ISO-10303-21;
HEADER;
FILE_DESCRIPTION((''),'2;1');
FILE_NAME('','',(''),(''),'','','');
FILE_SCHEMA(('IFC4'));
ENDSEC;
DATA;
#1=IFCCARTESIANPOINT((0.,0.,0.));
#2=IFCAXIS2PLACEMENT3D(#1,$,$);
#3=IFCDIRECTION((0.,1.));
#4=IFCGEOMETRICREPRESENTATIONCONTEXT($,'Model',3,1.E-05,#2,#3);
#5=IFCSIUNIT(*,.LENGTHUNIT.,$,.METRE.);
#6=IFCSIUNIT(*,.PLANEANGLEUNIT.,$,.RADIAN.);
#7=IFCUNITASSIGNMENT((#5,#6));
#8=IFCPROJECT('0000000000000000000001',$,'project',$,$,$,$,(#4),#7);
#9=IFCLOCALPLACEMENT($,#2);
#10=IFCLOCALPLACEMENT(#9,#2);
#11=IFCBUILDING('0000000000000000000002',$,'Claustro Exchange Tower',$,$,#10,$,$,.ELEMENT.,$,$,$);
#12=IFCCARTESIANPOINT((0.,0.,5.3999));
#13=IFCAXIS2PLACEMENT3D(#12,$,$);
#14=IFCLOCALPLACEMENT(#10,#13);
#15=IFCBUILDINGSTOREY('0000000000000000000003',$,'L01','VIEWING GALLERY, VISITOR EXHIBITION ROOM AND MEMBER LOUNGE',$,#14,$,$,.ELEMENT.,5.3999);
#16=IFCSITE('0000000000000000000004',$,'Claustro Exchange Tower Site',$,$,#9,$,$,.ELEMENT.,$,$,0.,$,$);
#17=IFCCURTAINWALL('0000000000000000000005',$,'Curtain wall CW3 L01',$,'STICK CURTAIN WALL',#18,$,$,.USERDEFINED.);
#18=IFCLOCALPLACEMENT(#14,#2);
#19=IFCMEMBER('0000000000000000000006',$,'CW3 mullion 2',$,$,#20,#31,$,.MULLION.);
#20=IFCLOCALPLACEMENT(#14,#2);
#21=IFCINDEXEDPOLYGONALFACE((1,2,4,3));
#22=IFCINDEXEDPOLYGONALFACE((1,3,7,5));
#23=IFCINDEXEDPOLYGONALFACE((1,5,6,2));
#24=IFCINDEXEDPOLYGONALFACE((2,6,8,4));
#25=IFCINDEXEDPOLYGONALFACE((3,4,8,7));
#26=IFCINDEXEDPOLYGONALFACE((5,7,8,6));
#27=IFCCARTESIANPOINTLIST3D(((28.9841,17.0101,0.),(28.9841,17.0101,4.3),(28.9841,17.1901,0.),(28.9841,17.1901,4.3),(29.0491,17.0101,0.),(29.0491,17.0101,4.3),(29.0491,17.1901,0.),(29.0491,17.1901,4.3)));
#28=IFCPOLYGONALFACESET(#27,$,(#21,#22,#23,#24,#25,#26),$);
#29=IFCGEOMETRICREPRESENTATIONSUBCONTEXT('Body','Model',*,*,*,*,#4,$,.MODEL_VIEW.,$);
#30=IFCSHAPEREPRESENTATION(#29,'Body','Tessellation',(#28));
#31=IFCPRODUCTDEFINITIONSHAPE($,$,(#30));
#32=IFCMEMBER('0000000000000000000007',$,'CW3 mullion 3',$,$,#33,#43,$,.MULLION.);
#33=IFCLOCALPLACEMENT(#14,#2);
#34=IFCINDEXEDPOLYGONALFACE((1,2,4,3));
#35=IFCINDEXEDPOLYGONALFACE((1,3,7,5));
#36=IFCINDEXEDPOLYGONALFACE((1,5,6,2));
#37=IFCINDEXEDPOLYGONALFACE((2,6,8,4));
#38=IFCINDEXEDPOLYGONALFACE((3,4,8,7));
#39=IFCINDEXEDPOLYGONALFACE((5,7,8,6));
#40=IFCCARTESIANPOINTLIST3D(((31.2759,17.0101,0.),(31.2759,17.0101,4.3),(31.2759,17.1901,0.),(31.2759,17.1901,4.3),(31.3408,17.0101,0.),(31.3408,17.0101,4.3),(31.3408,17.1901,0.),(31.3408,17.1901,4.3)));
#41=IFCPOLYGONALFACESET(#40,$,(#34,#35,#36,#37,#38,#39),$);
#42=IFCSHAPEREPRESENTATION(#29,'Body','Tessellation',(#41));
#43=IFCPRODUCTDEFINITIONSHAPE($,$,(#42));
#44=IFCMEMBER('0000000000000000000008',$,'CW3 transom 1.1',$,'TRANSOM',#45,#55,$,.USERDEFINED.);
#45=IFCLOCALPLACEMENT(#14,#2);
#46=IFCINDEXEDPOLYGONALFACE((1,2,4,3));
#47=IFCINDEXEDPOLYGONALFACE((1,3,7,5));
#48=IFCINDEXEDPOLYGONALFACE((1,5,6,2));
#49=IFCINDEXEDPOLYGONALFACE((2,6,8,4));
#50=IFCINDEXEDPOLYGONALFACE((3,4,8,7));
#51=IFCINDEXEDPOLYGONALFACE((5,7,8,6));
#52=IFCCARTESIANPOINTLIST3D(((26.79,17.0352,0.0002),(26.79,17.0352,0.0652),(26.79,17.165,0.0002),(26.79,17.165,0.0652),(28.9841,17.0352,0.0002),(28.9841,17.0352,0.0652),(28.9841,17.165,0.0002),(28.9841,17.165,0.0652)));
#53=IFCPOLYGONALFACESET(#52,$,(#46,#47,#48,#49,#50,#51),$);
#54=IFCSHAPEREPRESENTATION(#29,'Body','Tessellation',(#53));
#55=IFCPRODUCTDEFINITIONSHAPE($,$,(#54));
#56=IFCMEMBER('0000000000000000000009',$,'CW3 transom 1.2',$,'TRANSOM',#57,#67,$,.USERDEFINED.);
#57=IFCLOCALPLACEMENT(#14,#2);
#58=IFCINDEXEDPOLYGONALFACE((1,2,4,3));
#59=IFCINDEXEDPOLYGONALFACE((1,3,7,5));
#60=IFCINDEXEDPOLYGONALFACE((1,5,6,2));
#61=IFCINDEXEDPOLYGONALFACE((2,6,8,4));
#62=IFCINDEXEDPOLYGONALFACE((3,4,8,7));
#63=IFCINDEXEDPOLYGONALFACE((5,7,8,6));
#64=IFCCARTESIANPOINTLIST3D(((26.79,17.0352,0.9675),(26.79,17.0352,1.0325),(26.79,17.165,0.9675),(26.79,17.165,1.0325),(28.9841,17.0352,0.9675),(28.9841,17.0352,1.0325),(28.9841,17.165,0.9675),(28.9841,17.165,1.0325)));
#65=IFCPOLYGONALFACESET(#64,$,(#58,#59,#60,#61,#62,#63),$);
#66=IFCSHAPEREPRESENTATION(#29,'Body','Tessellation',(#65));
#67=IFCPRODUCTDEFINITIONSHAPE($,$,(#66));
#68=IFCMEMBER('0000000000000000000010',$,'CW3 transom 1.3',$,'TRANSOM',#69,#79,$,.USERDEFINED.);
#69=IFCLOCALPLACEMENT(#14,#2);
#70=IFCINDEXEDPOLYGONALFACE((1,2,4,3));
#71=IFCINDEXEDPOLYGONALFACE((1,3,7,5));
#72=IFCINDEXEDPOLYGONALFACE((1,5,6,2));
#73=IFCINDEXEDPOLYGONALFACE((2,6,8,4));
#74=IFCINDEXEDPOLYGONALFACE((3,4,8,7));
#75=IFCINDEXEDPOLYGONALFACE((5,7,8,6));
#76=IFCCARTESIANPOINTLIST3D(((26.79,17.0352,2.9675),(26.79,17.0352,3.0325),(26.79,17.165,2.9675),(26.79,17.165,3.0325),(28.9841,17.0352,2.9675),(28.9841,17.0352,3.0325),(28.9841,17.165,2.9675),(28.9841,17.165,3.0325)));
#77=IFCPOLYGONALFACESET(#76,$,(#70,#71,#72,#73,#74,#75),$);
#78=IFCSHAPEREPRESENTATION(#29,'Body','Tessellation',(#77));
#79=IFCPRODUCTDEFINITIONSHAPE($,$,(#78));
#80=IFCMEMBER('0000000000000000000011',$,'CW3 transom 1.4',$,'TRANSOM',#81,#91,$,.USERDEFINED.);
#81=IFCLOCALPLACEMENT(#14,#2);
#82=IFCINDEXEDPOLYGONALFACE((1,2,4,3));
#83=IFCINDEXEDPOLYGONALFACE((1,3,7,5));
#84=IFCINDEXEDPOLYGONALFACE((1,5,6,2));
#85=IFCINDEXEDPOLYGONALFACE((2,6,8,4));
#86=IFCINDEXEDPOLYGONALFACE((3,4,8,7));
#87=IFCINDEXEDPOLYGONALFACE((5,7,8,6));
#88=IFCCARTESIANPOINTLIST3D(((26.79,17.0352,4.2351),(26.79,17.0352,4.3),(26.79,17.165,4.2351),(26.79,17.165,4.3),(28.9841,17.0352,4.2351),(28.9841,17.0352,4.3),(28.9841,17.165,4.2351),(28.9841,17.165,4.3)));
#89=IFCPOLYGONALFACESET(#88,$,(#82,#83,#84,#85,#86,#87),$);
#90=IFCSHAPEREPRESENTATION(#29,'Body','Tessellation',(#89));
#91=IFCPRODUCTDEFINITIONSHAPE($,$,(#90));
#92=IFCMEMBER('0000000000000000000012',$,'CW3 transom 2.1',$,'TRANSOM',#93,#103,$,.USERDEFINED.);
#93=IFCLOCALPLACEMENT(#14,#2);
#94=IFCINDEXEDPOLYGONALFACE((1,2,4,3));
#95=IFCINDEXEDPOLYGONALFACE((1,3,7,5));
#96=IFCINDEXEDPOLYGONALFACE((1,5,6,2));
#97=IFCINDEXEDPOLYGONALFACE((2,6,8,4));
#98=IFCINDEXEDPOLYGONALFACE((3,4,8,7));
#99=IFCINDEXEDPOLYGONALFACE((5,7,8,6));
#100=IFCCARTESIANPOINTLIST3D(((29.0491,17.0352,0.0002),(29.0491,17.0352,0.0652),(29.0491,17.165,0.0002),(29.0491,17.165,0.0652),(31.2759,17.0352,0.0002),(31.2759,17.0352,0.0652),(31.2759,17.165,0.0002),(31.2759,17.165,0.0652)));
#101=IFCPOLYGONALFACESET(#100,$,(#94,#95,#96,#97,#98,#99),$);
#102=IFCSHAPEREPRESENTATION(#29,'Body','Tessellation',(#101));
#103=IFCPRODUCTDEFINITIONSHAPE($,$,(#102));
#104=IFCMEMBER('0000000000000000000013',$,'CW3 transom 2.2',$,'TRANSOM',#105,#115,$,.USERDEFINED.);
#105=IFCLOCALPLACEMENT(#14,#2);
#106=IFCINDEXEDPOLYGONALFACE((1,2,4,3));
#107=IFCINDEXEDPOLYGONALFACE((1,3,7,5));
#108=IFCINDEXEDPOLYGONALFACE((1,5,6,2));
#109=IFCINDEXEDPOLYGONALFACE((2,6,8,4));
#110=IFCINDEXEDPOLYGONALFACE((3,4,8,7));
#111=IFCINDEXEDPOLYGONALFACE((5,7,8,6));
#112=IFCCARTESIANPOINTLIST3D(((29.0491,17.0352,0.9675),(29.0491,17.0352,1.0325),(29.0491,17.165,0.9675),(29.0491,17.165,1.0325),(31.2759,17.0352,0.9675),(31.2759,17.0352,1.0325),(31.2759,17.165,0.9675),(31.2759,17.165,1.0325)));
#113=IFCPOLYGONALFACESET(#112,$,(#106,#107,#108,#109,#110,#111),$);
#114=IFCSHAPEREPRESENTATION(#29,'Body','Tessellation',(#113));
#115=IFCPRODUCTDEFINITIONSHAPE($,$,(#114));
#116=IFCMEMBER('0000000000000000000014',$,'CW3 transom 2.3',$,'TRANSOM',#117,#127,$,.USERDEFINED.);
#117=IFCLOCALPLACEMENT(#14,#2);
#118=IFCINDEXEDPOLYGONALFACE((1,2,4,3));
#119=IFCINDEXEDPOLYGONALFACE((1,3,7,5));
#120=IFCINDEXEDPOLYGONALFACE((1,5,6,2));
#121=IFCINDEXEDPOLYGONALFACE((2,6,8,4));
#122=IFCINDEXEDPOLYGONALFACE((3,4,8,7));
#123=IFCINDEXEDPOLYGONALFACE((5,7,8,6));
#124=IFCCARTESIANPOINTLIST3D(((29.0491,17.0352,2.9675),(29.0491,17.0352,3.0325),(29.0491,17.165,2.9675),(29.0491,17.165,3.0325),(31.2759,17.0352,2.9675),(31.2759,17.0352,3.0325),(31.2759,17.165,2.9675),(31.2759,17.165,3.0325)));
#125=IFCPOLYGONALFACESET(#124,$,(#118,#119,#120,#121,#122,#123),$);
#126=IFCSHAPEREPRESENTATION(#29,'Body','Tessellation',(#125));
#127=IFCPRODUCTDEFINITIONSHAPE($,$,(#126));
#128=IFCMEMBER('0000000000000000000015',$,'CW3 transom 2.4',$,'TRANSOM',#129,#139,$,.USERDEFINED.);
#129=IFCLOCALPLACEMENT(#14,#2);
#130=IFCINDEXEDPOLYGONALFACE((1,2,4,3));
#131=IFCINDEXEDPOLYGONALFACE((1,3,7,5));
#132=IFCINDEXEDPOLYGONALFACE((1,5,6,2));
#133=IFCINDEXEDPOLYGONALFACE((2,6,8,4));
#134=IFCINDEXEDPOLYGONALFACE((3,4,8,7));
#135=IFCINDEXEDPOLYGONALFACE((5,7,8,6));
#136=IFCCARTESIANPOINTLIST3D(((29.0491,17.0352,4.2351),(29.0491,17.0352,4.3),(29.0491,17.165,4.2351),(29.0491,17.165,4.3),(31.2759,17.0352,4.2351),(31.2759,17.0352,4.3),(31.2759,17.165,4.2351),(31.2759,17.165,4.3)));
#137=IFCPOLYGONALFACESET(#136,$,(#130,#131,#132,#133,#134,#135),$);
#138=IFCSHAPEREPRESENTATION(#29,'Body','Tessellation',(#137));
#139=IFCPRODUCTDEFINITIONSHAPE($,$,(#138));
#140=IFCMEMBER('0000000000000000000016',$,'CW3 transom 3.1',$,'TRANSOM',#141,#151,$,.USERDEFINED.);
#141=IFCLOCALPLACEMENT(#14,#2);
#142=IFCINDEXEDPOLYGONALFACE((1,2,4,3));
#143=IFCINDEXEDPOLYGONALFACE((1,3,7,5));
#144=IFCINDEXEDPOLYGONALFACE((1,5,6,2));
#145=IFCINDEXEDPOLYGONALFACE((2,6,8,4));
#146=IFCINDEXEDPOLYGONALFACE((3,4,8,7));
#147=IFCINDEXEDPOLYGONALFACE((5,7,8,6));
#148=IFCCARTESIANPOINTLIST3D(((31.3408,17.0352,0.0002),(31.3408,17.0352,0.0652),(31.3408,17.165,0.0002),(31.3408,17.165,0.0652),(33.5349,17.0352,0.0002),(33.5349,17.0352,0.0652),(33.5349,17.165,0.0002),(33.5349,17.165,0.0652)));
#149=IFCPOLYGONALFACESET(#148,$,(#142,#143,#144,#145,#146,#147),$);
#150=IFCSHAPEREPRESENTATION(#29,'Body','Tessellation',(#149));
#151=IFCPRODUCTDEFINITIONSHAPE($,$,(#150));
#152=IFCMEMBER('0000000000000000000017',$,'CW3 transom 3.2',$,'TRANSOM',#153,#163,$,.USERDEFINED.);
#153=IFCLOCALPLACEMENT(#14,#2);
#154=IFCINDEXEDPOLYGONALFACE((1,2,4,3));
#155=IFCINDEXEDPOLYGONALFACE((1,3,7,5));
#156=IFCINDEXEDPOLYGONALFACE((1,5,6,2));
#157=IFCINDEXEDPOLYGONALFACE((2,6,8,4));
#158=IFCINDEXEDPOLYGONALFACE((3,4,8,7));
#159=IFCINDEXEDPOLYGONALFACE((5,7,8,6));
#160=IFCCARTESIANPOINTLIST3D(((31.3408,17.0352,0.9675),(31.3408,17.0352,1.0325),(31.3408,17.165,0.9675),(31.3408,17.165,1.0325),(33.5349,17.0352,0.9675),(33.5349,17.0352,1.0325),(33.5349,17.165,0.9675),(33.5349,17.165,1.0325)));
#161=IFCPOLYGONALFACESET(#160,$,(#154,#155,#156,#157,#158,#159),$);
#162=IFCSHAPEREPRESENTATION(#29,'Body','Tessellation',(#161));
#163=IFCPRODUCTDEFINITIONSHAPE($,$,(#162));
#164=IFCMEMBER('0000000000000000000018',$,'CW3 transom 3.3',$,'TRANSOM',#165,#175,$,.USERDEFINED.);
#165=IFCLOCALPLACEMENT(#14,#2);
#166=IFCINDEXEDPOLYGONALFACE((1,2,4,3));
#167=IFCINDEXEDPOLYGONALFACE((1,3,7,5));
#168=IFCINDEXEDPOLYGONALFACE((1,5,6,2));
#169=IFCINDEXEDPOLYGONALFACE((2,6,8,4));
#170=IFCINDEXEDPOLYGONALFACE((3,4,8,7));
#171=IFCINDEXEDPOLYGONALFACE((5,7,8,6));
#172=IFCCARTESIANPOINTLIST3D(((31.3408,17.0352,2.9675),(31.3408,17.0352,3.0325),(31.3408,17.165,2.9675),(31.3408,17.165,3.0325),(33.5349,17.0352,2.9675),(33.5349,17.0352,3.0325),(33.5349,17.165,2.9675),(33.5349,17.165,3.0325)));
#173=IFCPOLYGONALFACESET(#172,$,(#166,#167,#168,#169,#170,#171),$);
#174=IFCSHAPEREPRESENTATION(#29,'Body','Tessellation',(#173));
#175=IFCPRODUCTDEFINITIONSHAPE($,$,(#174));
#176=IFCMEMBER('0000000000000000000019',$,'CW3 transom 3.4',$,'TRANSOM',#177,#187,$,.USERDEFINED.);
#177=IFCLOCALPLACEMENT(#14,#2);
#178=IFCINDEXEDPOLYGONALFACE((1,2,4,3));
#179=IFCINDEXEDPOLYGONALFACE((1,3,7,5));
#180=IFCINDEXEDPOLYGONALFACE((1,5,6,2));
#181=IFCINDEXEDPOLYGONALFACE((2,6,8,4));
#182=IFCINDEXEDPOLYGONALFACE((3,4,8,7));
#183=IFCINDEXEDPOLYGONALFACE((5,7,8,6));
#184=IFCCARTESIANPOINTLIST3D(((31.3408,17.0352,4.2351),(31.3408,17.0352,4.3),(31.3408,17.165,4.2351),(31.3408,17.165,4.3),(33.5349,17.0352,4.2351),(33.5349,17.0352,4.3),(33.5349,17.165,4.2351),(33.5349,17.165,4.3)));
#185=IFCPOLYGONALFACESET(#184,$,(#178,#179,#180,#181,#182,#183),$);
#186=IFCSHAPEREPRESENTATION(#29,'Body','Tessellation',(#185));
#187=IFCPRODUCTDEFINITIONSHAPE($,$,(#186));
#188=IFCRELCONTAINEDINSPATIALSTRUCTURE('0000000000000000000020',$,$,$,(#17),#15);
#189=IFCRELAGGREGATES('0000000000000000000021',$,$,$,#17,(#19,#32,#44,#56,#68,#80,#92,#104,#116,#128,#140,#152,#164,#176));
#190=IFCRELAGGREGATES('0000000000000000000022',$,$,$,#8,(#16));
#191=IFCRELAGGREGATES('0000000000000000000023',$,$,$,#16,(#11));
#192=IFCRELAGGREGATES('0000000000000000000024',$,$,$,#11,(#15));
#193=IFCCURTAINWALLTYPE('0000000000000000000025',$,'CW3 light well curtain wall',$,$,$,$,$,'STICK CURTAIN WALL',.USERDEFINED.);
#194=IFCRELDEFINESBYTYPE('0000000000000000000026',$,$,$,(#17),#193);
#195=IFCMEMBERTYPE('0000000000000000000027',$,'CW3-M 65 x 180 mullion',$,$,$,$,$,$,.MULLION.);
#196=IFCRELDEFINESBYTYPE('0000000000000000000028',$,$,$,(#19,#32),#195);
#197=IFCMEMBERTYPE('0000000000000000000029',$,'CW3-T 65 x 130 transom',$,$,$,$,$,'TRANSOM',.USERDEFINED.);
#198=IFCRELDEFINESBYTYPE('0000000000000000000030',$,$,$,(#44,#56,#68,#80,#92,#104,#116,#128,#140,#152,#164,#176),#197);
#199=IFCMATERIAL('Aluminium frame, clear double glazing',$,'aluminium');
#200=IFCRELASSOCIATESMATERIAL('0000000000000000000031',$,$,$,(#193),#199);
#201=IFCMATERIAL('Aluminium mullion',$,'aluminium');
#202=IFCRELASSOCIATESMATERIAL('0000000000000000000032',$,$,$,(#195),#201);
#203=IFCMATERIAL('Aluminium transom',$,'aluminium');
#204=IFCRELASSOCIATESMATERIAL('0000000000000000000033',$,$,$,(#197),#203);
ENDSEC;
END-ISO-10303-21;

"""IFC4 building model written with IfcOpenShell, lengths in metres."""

from ifc_helpers import new_model, si_unit, direction, frame, origin, origin_2d, place, context, subcontext, project, spatial, rectangle, extrude, material, material_profile, profile_set, type_object, element, aggregate, save


model = new_model("IFC4")

# Units and contexts
model_context = context("Model", 3, precision=1e-05, world=origin(), true_north=direction((0.0, 1.0)))
body_context = subcontext(model_context, "Body", "Model", "MODEL_VIEW")
ifc_project = project(units=[si_unit("LENGTHUNIT", "METRE"), si_unit("PLANEANGLEUNIT", "RADIAN")], contexts=[model_context])

# Site, building, storey
site_placement = place(None, origin())
site = spatial("IfcSite", under=ifc_project, at=site_placement, Name="Claustro Exchange Tower Site", CompositionType="ELEMENT", RefElevation=0.0)
building_placement = place(site_placement, origin())
building = spatial("IfcBuilding", under=site, at=building_placement, Name="Claustro Exchange Tower", CompositionType="ELEMENT")
storey_placement = place(building_placement, frame((0.0, 0.0, 5.3999)))
storey = spatial("IfcBuildingStorey", under=building, at=storey_placement, Name="L01", Description="VIEWING GALLERY, VISITOR EXHIBITION ROOM AND MEMBER LOUNGE", CompositionType="ELEMENT", Elevation=5.3999)

# Shared definitions
ifc_material_1 = material(Name="Aluminium frame, clear double glazing", Category="aluminium")
curtain_wall_type = type_object("IfcCurtainWallType", Name="CW3 light well curtain wall", ElementType="STICK CURTAIN WALL", PredefinedType="USERDEFINED", material=ifc_material_1)
ifc_material_2 = material(Name="Aluminium mullion", Category="aluminium")
ifc_material_profile_1 = material_profile(ifc_material_2, rectangle(XDim=0.1799, YDim=0.0649, at=origin_2d()), Name="CW3-M 65x180")
ifc_profile_set_1 = profile_set([ifc_material_profile_1], Name="Aluminium mullion")
member_type_1 = type_object("IfcMemberType", Name="CW3-M 65 x 180 mullion", PredefinedType="MULLION", material=ifc_profile_set_1)

# Curtain wall, members
curtain_wall_1_placement = place(storey_placement, origin())
curtain_wall_1 = element("IfcCurtainWall", 1, at=curtain_wall_1_placement, inside=storey, type_object=curtain_wall_type, Name="Curtain wall CW3 L01", ObjectType="STICK CURTAIN WALL", PredefinedType="USERDEFINED")
member_1_placement = place(storey_placement, frame((29.0166, 17.1001, 0.0), z_axis=(0.0, 0.0, 1.0), x_axis=(0.0, 1.0, 0.0)))
member_1 = element("IfcMember", 2, at=member_1_placement, type_object=member_type_1, Name="CW3 mullion 2", PredefinedType="MULLION", context=body_context, shape_type="SweptSolid", body=[
    extrude(rectangle(XDim=0.1799, YDim=0.0649, at=origin_2d()), origin(), (0.0, 0.0, 1.0), 4.3),
])
member_2_placement = place(storey_placement, frame((31.3083, 17.1001, 0.0), z_axis=(0.0, 0.0, 1.0), x_axis=(0.0, 1.0, 0.0)))
member_2 = element("IfcMember", 3, at=member_2_placement, type_object=member_type_1, Name="CW3 mullion 3", PredefinedType="MULLION", context=body_context, shape_type="SweptSolid", body=[
    extrude(rectangle(XDim=0.1799, YDim=0.0649, at=origin_2d()), origin(), (0.0, 0.0, 1.0), 4.3),
])
ifc_material_3 = material(Name="Aluminium transom", Category="aluminium")
ifc_material_profile_2 = material_profile(ifc_material_3, rectangle(XDim=0.1299, YDim=0.0649, at=origin_2d()), Name="CW3-T 65x130")
ifc_profile_set_2 = profile_set([ifc_material_profile_2], Name="Aluminium transom")
member_type_2 = type_object("IfcMemberType", Name="CW3-T 65 x 130 transom", ElementType="TRANSOM", PredefinedType="USERDEFINED", material=ifc_profile_set_2)
member_3_placement = place(storey_placement, frame((26.79, 17.1001, 0.0327), z_axis=(1.0, 0.0, 0.0), x_axis=(0.0, 1.0, 0.0)))
member_3 = element("IfcMember", 4, at=member_3_placement, type_object=member_type_2, Name="CW3 transom 1.1", ObjectType="TRANSOM", PredefinedType="USERDEFINED", context=body_context, shape_type="SweptSolid", body=[
    extrude(rectangle(XDim=0.1299, YDim=0.0649, at=origin_2d()), origin(), (0.0, 0.0, 1.0), 2.1941),
])
member_4_placement = place(storey_placement, frame((26.79, 17.1001, 1.0), z_axis=(1.0, 0.0, 0.0), x_axis=(0.0, 1.0, 0.0)))
member_4 = element("IfcMember", 5, at=member_4_placement, type_object=member_type_2, Name="CW3 transom 1.2", ObjectType="TRANSOM", PredefinedType="USERDEFINED", context=body_context, shape_type="SweptSolid", body=[
    extrude(rectangle(XDim=0.1299, YDim=0.0649, at=origin_2d()), origin(), (0.0, 0.0, 1.0), 2.1941),
])
member_5_placement = place(storey_placement, frame((26.79, 17.1001, 3.0), z_axis=(1.0, 0.0, 0.0), x_axis=(0.0, 1.0, 0.0)))
member_5 = element("IfcMember", 6, at=member_5_placement, type_object=member_type_2, Name="CW3 transom 1.3", ObjectType="TRANSOM", PredefinedType="USERDEFINED", context=body_context, shape_type="SweptSolid", body=[
    extrude(rectangle(XDim=0.1299, YDim=0.0649, at=origin_2d()), origin(), (0.0, 0.0, 1.0), 2.1941),
])
member_6_placement = place(storey_placement, frame((26.79, 17.1001, 4.2676), z_axis=(1.0, 0.0, 0.0), x_axis=(0.0, 1.0, 0.0)))
member_6 = element("IfcMember", 7, at=member_6_placement, type_object=member_type_2, Name="CW3 transom 1.4", ObjectType="TRANSOM", PredefinedType="USERDEFINED", context=body_context, shape_type="SweptSolid", body=[
    extrude(rectangle(XDim=0.1299, YDim=0.0649, at=origin_2d()), origin(), (0.0, 0.0, 1.0), 2.1941),
])
member_7_placement = place(storey_placement, frame((29.0491, 17.1001, 0.0327), z_axis=(1.0, 0.0, 0.0), x_axis=(0.0, 1.0, 0.0)))
member_7 = element("IfcMember", 8, at=member_7_placement, type_object=member_type_2, Name="CW3 transom 2.1", ObjectType="TRANSOM", PredefinedType="USERDEFINED", context=body_context, shape_type="SweptSolid", body=[
    extrude(rectangle(XDim=0.1299, YDim=0.0649, at=origin_2d()), origin(), (0.0, 0.0, 1.0), 2.2268),
])
member_8_placement = place(storey_placement, frame((29.0491, 17.1001, 1.0), z_axis=(1.0, 0.0, 0.0), x_axis=(0.0, 1.0, 0.0)))
member_8 = element("IfcMember", 9, at=member_8_placement, type_object=member_type_2, Name="CW3 transom 2.2", ObjectType="TRANSOM", PredefinedType="USERDEFINED", context=body_context, shape_type="SweptSolid", body=[
    extrude(rectangle(XDim=0.1299, YDim=0.0649, at=origin_2d()), origin(), (0.0, 0.0, 1.0), 2.2268),
])
member_9_placement = place(storey_placement, frame((29.0491, 17.1001, 3.0), z_axis=(1.0, 0.0, 0.0), x_axis=(0.0, 1.0, 0.0)))
member_9 = element("IfcMember", 10, at=member_9_placement, type_object=member_type_2, Name="CW3 transom 2.3", ObjectType="TRANSOM", PredefinedType="USERDEFINED", context=body_context, shape_type="SweptSolid", body=[
    extrude(rectangle(XDim=0.1299, YDim=0.0649, at=origin_2d()), origin(), (0.0, 0.0, 1.0), 2.2268),
])
member_10_placement = place(storey_placement, frame((29.0491, 17.1001, 4.2676), z_axis=(1.0, 0.0, 0.0), x_axis=(0.0, 1.0, 0.0)))
member_10 = element("IfcMember", 11, at=member_10_placement, type_object=member_type_2, Name="CW3 transom 2.4", ObjectType="TRANSOM", PredefinedType="USERDEFINED", context=body_context, shape_type="SweptSolid", body=[
    extrude(rectangle(XDim=0.1299, YDim=0.0649, at=origin_2d()), origin(), (0.0, 0.0, 1.0), 2.2268),
])
member_11_placement = place(storey_placement, frame((31.3408, 17.1001, 0.0327), z_axis=(1.0, 0.0, 0.0), x_axis=(0.0, 1.0, 0.0)))
member_11 = element("IfcMember", 12, at=member_11_placement, type_object=member_type_2, Name="CW3 transom 3.1", ObjectType="TRANSOM", PredefinedType="USERDEFINED", context=body_context, shape_type="SweptSolid", body=[
    extrude(rectangle(XDim=0.1299, YDim=0.0649, at=origin_2d()), origin(), (0.0, 0.0, 1.0), 2.1941),
])
member_12_placement = place(storey_placement, frame((31.3408, 17.1001, 1.0), z_axis=(1.0, 0.0, 0.0), x_axis=(0.0, 1.0, 0.0)))
member_12 = element("IfcMember", 13, at=member_12_placement, type_object=member_type_2, Name="CW3 transom 3.2", ObjectType="TRANSOM", PredefinedType="USERDEFINED", context=body_context, shape_type="SweptSolid", body=[
    extrude(rectangle(XDim=0.1299, YDim=0.0649, at=origin_2d()), origin(), (0.0, 0.0, 1.0), 2.1941),
])
member_13_placement = place(storey_placement, frame((31.3408, 17.1001, 3.0), z_axis=(1.0, 0.0, 0.0), x_axis=(0.0, 1.0, 0.0)))
member_13 = element("IfcMember", 14, at=member_13_placement, type_object=member_type_2, Name="CW3 transom 3.3", ObjectType="TRANSOM", PredefinedType="USERDEFINED", context=body_context, shape_type="SweptSolid", body=[
    extrude(rectangle(XDim=0.1299, YDim=0.0649, at=origin_2d()), origin(), (0.0, 0.0, 1.0), 2.1941),
])
member_14_placement = place(storey_placement, frame((31.3408, 17.1001, 4.2676), z_axis=(1.0, 0.0, 0.0), x_axis=(0.0, 1.0, 0.0)))
member_14 = element("IfcMember", 15, at=member_14_placement, type_object=member_type_2, Name="CW3 transom 3.4", ObjectType="TRANSOM", PredefinedType="USERDEFINED", context=body_context, shape_type="SweptSolid", body=[
    extrude(rectangle(XDim=0.1299, YDim=0.0649, at=origin_2d()), origin(), (0.0, 0.0, 1.0), 2.1941),
])
aggregate(curtain_wall_1, [member_1, member_2, member_3, member_4, member_5, member_6, member_7, member_8, member_9, member_10, member_11, member_12, member_13, member_14])

save(model, "model.ifc")
